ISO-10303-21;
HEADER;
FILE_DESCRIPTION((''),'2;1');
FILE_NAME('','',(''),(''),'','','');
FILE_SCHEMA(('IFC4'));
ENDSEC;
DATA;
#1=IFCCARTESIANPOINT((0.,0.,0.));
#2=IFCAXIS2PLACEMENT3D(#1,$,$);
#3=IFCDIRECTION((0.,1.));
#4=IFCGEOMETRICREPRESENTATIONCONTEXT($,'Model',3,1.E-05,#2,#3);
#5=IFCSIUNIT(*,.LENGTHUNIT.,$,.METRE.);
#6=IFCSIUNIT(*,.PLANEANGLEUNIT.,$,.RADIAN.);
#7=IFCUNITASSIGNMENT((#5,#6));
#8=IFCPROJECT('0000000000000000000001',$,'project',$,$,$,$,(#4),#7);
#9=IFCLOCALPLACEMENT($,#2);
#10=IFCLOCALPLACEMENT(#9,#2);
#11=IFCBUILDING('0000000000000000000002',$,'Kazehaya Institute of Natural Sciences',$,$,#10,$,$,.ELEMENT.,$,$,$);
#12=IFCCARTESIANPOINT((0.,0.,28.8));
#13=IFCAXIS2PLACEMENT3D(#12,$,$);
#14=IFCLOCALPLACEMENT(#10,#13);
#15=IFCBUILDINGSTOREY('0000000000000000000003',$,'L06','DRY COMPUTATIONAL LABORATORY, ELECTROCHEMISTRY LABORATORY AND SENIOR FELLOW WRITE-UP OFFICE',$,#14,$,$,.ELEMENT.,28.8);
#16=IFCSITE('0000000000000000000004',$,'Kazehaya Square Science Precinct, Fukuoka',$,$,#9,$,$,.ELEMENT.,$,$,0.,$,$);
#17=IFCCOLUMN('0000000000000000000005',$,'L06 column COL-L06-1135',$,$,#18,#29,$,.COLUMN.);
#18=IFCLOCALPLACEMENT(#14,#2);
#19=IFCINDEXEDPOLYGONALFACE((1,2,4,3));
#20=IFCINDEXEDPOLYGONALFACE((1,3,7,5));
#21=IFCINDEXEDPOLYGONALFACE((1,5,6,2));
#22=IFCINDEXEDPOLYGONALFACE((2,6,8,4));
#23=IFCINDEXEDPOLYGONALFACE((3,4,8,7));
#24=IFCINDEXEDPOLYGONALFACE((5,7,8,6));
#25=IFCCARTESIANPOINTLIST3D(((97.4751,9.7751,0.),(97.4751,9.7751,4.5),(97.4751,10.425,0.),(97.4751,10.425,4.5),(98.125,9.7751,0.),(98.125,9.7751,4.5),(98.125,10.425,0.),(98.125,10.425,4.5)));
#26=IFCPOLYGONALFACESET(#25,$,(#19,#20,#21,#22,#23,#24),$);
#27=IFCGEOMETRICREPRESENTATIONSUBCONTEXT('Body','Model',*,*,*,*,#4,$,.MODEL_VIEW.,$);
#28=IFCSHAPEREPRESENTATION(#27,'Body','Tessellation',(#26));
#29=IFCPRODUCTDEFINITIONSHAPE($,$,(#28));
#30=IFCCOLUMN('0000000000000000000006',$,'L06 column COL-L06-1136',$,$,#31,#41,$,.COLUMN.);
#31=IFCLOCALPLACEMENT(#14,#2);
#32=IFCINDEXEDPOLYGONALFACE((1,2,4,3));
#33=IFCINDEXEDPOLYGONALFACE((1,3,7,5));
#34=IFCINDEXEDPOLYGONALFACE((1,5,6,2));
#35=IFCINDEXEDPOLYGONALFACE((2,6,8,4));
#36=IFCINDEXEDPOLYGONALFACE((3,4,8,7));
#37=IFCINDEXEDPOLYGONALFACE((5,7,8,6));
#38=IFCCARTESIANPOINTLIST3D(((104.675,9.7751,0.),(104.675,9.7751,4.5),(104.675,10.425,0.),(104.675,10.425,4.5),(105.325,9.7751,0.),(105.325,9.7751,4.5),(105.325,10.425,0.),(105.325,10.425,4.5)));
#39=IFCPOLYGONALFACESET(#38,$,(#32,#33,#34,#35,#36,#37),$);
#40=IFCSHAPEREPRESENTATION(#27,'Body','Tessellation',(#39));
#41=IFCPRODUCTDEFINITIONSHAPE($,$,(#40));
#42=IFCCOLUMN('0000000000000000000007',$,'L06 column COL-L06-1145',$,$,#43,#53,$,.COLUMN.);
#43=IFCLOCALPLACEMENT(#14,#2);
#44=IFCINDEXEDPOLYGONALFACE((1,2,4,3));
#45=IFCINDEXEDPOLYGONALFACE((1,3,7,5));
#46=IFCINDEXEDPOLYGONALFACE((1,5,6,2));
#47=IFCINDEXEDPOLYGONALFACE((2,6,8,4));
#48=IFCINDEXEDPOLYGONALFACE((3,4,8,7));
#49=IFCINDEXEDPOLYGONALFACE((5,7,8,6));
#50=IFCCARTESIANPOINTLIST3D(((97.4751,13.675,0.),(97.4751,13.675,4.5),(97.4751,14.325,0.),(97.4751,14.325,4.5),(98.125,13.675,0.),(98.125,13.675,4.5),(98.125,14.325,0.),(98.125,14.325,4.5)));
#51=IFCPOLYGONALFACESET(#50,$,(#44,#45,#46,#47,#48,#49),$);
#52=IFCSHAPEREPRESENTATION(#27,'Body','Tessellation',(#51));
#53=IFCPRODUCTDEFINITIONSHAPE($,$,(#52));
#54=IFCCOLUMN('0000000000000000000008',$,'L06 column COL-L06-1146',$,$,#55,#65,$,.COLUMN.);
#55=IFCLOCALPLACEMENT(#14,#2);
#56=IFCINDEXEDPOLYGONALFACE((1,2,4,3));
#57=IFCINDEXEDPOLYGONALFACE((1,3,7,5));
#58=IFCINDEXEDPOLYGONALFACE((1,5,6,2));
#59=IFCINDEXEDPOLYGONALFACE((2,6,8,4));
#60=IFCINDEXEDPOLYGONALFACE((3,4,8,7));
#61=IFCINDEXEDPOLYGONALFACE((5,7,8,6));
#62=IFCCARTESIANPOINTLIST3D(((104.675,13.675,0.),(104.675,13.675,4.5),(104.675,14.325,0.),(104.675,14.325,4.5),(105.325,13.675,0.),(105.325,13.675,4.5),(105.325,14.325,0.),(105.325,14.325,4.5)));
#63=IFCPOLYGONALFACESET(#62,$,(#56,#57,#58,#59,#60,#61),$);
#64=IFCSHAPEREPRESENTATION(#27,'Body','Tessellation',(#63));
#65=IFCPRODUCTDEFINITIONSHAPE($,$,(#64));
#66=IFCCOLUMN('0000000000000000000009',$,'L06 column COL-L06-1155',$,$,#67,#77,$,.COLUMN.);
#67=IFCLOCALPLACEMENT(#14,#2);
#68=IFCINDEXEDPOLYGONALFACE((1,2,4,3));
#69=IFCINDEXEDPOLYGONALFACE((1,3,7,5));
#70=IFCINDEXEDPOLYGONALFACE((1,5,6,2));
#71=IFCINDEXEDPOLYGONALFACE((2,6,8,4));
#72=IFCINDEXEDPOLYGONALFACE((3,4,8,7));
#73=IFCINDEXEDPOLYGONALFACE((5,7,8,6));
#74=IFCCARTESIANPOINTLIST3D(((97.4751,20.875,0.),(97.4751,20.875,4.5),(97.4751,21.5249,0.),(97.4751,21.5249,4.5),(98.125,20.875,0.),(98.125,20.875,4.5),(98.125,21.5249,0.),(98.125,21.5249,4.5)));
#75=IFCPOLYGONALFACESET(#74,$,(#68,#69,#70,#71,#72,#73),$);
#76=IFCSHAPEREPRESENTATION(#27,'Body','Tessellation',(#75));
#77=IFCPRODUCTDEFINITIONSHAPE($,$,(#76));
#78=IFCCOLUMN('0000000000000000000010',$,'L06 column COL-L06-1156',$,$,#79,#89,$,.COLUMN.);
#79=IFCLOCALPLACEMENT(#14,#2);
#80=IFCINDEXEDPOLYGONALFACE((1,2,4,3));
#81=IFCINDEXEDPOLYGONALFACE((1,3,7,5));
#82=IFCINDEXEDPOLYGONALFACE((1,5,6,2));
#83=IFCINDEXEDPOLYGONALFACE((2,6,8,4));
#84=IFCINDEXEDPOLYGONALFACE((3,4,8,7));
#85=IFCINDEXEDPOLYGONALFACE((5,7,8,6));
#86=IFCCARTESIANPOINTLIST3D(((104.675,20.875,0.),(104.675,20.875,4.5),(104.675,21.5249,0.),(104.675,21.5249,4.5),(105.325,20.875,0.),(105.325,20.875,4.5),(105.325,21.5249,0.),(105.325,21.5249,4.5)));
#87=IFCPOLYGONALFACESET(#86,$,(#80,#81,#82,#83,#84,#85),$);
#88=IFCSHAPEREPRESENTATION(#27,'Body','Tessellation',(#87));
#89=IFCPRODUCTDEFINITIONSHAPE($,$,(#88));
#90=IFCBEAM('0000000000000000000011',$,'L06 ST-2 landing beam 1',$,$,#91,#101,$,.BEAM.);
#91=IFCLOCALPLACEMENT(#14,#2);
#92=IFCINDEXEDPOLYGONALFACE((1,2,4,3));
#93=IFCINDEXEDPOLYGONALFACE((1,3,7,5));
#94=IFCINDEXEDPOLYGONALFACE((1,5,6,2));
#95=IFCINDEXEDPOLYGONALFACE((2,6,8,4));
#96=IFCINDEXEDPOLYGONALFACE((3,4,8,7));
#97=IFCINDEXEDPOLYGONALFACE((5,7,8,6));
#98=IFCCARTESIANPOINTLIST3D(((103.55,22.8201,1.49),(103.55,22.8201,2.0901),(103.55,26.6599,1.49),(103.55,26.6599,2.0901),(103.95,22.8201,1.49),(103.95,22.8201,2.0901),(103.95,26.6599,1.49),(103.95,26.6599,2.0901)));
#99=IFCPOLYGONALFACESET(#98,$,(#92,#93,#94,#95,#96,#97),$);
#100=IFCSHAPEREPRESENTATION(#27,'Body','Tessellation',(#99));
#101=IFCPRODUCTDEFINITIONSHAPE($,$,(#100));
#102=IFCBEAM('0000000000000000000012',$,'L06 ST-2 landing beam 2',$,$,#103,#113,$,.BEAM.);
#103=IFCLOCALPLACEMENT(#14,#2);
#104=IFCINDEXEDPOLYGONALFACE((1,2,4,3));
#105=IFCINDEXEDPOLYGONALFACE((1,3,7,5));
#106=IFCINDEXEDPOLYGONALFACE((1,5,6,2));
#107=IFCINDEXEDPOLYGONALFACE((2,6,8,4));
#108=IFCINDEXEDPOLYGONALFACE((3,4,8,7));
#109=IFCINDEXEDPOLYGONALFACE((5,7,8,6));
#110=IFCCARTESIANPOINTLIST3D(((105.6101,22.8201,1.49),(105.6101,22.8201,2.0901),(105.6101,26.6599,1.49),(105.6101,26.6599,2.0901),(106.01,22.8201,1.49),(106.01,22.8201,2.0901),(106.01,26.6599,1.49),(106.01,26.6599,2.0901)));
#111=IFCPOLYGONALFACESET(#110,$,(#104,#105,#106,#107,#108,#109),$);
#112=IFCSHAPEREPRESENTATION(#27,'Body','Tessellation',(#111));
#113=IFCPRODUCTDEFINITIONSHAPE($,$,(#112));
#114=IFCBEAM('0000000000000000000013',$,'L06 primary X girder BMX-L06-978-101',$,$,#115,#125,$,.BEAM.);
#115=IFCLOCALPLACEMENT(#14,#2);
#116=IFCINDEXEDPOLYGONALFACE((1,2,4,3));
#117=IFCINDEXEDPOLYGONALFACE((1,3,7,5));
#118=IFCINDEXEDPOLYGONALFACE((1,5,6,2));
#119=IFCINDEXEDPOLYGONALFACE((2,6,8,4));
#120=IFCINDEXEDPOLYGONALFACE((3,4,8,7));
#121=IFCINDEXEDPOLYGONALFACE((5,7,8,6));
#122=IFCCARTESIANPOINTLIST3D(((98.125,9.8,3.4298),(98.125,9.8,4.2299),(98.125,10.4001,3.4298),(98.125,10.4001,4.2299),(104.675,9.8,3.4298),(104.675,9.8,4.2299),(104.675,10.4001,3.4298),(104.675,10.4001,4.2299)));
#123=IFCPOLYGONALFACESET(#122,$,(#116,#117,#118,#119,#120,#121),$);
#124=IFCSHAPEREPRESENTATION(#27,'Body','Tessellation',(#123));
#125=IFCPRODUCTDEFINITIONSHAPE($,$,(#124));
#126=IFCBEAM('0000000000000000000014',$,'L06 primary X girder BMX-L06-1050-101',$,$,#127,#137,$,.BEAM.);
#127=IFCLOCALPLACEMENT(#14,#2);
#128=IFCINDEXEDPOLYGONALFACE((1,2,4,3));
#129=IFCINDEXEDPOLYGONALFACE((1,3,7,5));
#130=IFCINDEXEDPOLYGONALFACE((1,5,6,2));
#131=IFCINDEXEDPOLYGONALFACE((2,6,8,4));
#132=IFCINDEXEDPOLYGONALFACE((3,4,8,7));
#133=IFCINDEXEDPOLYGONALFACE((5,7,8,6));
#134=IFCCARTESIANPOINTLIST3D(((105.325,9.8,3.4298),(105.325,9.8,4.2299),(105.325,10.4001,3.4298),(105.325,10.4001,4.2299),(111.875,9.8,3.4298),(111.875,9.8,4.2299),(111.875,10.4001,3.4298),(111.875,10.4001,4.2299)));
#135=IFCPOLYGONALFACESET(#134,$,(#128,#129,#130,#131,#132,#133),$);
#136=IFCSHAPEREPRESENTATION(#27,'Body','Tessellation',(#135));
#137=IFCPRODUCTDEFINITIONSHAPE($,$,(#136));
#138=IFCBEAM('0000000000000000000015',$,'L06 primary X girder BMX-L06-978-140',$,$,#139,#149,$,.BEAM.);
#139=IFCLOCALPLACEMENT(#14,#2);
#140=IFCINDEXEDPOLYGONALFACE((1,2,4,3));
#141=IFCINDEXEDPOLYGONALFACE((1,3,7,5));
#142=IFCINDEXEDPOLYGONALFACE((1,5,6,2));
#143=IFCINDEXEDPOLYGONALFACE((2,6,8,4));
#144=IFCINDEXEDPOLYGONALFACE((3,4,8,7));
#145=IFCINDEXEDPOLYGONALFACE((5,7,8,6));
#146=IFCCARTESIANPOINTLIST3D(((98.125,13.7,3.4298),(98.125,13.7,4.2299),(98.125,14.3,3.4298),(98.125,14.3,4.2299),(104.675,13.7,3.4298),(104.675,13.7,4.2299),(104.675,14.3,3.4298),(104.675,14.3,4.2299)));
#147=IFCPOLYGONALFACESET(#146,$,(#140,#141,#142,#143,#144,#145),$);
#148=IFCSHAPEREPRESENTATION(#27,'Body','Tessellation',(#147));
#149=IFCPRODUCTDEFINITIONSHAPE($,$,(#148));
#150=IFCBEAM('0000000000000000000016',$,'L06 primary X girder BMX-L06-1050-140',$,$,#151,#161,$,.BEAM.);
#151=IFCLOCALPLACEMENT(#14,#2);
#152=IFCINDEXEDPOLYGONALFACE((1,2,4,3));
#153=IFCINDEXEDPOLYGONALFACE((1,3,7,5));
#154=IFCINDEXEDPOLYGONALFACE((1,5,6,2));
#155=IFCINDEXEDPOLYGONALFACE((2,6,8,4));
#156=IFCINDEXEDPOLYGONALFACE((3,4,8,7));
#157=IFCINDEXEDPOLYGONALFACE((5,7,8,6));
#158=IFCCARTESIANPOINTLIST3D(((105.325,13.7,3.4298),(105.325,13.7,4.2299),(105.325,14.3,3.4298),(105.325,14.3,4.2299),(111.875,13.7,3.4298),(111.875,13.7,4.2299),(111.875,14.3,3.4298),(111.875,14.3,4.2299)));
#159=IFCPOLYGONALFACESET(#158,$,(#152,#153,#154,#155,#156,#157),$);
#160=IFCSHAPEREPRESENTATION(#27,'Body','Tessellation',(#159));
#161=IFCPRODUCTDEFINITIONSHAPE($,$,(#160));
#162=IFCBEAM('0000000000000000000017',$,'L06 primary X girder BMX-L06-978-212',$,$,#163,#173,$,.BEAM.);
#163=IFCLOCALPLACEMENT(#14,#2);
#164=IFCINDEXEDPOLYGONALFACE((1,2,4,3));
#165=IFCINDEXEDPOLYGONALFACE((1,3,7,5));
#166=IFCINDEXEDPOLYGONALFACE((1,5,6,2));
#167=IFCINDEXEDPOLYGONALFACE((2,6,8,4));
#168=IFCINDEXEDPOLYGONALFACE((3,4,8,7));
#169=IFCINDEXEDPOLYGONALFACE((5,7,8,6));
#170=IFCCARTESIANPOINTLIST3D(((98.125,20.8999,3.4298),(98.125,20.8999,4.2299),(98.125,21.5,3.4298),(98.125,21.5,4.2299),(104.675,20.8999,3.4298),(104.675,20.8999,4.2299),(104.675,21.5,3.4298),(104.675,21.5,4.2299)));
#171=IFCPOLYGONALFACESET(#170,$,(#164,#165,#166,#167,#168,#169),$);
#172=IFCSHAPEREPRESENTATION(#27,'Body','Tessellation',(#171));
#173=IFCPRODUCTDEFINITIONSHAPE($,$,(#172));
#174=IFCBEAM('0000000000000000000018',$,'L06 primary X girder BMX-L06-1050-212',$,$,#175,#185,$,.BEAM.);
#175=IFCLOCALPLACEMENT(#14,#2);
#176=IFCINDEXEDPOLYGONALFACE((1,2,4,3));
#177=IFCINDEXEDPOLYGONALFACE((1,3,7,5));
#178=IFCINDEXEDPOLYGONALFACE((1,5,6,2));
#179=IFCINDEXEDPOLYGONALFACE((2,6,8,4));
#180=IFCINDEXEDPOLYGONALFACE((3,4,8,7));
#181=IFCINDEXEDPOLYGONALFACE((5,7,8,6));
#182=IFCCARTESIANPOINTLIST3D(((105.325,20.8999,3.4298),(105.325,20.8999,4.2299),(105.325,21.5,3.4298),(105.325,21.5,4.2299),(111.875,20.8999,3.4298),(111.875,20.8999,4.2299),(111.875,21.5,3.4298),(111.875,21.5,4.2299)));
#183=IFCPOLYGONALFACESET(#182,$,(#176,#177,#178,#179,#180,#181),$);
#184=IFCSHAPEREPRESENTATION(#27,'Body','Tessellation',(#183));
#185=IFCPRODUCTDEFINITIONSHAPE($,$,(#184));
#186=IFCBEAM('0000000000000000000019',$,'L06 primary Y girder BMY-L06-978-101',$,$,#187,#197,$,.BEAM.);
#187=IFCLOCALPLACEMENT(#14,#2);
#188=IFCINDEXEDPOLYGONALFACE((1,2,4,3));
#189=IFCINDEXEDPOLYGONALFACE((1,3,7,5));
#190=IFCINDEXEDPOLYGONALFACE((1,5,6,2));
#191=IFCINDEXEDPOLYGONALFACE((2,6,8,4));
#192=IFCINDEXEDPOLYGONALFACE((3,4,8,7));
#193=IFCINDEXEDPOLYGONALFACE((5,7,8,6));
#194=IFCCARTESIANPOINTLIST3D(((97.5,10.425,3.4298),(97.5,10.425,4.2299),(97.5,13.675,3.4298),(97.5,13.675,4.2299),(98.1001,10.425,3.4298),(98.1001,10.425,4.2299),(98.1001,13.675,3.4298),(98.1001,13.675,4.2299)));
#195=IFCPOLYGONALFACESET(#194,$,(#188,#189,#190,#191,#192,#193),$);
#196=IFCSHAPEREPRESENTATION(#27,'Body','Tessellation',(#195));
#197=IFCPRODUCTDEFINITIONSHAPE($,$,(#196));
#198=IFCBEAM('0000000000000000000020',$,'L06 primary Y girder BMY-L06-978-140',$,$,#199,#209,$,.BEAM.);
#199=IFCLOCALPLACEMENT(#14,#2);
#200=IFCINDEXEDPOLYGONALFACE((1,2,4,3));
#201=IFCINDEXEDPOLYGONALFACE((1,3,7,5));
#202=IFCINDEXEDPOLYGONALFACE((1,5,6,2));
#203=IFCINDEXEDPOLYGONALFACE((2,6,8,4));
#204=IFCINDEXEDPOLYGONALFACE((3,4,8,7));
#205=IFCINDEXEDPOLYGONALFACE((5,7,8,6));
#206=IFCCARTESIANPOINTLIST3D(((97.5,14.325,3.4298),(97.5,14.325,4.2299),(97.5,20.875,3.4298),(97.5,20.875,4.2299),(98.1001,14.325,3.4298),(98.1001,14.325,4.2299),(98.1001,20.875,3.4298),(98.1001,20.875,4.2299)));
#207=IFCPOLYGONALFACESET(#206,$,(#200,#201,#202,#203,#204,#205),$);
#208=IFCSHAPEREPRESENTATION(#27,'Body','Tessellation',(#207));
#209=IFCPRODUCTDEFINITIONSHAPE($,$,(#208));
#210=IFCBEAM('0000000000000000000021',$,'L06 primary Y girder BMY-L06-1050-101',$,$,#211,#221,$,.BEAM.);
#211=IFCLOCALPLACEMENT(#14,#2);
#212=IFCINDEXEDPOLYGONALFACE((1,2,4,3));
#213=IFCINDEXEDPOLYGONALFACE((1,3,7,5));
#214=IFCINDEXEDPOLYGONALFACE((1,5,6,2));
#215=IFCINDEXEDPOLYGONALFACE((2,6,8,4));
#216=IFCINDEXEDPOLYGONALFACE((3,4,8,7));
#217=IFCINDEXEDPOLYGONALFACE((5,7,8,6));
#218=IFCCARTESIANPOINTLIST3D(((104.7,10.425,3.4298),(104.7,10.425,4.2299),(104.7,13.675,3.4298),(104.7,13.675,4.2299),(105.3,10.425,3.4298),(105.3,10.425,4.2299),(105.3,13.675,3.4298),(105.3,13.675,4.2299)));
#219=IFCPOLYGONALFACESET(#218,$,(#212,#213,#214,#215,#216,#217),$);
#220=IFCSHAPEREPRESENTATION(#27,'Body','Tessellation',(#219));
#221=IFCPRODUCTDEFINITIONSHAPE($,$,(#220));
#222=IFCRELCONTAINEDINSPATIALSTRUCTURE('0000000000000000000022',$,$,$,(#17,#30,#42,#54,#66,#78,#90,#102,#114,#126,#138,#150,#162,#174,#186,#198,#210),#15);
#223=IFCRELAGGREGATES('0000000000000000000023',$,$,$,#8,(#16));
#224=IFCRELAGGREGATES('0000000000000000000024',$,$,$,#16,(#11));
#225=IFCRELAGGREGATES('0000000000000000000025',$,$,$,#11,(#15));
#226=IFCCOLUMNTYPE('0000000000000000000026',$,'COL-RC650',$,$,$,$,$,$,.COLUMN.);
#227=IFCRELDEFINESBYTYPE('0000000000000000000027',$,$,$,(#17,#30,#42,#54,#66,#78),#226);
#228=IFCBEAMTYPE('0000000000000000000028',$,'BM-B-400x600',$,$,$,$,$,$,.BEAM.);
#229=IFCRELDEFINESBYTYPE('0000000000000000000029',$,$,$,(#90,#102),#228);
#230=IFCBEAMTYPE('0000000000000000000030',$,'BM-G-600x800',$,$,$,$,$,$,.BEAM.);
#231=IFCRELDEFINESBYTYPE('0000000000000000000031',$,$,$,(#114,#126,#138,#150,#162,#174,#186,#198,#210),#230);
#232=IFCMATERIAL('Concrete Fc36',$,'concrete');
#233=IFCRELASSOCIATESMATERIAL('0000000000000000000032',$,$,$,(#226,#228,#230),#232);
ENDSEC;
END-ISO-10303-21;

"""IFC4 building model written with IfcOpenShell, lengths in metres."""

from ifc_helpers import new_model, si_unit, direction, frame, origin, origin_2d, place, context, subcontext, project, spatial, rectangle, extrude, material, material_profile, profile_set, type_object, element, save


model = new_model("IFC4")

# Units and contexts
model_context = context("Model", 3, precision=1e-05, world=origin(), true_north=direction((0.0, 1.0)))
body_context = subcontext(model_context, "Body", "Model", "MODEL_VIEW")
ifc_project = project(units=[si_unit("LENGTHUNIT", "METRE"), si_unit("PLANEANGLEUNIT", "RADIAN")], contexts=[model_context])

# Site, building, storey
site_placement = place(None, origin())
site = spatial("IfcSite", under=ifc_project, at=site_placement, Name="Kazehaya Square Science Precinct, Fukuoka", CompositionType="ELEMENT", RefElevation=0.0)
building_placement = place(site_placement, origin())
building = spatial("IfcBuilding", under=site, at=building_placement, Name="Kazehaya Institute of Natural Sciences", CompositionType="ELEMENT")
storey_placement = place(building_placement, frame((0.0, 0.0, 28.8)))
storey = spatial("IfcBuildingStorey", under=building, at=storey_placement, Name="L06", Description="DRY COMPUTATIONAL LABORATORY, ELECTROCHEMISTRY LABORATORY AND SENIOR FELLOW WRITE-UP OFFICE", CompositionType="ELEMENT", Elevation=28.8)

# Columns
ifc_material_1 = material(Name="Concrete Fc36", Category="concrete")
ifc_material_profile_1 = material_profile(ifc_material_1, rectangle(XDim=0.6499, YDim=0.6499, at=origin_2d()), Name="RC-650x650")
ifc_profile_set_1 = profile_set([ifc_material_profile_1], Name="Concrete Fc36")
column_type = type_object("IfcColumnType", Name="COL-RC650", PredefinedType="COLUMN", material=ifc_profile_set_1)
for number, where, z_axis, x_axis, name in (
    (1, (97.8, 10.1001, 0.0), (0.0, 0.0, 1.0), (1.0, 0.0, 0.0), "L06 column COL-L06-1135"),
    (2, (105.0, 10.1001, 0.0), (0.0, 0.0, 1.0), (1.0, 0.0, 0.0), "L06 column COL-L06-1136"),
    (3, (97.8, 14.0, 0.0), (0.0, 0.0, 1.0), (1.0, 0.0, 0.0), "L06 column COL-L06-1145"),
    (4, (105.0, 14.0, 0.0), (0.0, 0.0, 1.0), (1.0, 0.0, 0.0), "L06 column COL-L06-1146"),
    (5, (97.8, 21.2, 0.0), (0.0, 0.0, 1.0), (1.0, 0.0, 0.0), "L06 column COL-L06-1155"),
    (6, (105.0, 21.2, 0.0), (0.0, 0.0, 1.0), (1.0, 0.0, 0.0), "L06 column COL-L06-1156"),
):
    element("IfcColumn", number, at=place(storey_placement, frame(where, z_axis=z_axis, x_axis=x_axis)), inside=storey, type_object=column_type, Name=name, PredefinedType="COLUMN", context=body_context, shape_type="SweptSolid", body=[
        extrude(rectangle(XDim=0.6499, YDim=0.6499, at=origin_2d()), origin(), (0.0, 0.0, 1.0), 4.5),
    ])

# Beams
ifc_material_profile_2 = material_profile(ifc_material_1, rectangle(XDim=0.3999, YDim=0.6001, at=origin_2d()), Name="RC-400x600")
ifc_profile_set_2 = profile_set([ifc_material_profile_2], Name="Concrete Fc36")
beam_type_1 = type_object("IfcBeamType", Name="BM-B-400x600", PredefinedType="BEAM", material=ifc_profile_set_2)
for number, where, z_axis, x_axis, name in (
    (7, (103.75, 22.8201, 1.79), (0.0, 1.0, 0.0), (-1.0, 0.0, 0.0), "L06 ST-2 landing beam 1"),
    (8, (105.8101, 22.8201, 1.79), (0.0, 1.0, 0.0), (-1.0, 0.0, 0.0), "L06 ST-2 landing beam 2"),
):
    element("IfcBeam", number, at=place(storey_placement, frame(where, z_axis=z_axis, x_axis=x_axis)), inside=storey, type_object=beam_type_1, Name=name, PredefinedType="BEAM", context=body_context, shape_type="SweptSolid", body=[
        extrude(rectangle(XDim=0.3999, YDim=0.6001, at=origin_2d()), origin(), (0.0, 0.0, 1.0), 3.8398),
    ])
ifc_material_profile_3 = material_profile(ifc_material_1, rectangle(XDim=0.6001, YDim=0.8, at=origin_2d()), Name="RC-600x800")
ifc_profile_set_3 = profile_set([ifc_material_profile_3], Name="Concrete Fc36")
beam_type_2 = type_object("IfcBeamType", Name="BM-G-600x800", PredefinedType="BEAM", material=ifc_profile_set_3)
for number, where, z_axis, x_axis, name in (
    (9, (98.125, 10.1001, 3.8298), (1.0, 0.0, 0.0), (0.0, 1.0, 0.0), "L06 primary X girder BMX-L06-978-101"),
    (10, (105.325, 10.1001, 3.8298), (1.0, 0.0, 0.0), (0.0, 1.0, 0.0), "L06 primary X girder BMX-L06-1050-101"),
    (11, (98.125, 14.0, 3.8298), (1.0, 0.0, 0.0), (0.0, 1.0, 0.0), "L06 primary X girder BMX-L06-978-140"),
    (12, (105.325, 14.0, 3.8298), (1.0, 0.0, 0.0), (0.0, 1.0, 0.0), "L06 primary X girder BMX-L06-1050-140"),
    (13, (98.125, 21.2, 3.8298), (1.0, 0.0, 0.0), (0.0, 1.0, 0.0), "L06 primary X girder BMX-L06-978-212"),
    (14, (105.325, 21.2, 3.8298), (1.0, 0.0, 0.0), (0.0, 1.0, 0.0), "L06 primary X girder BMX-L06-1050-212"),
):
    element("IfcBeam", number, at=place(storey_placement, frame(where, z_axis=z_axis, x_axis=x_axis)), inside=storey, type_object=beam_type_2, Name=name, PredefinedType="BEAM", context=body_context, shape_type="SweptSolid", body=[
        extrude(rectangle(XDim=0.6001, YDim=0.8, at=origin_2d()), origin(), (0.0, 0.0, 1.0), 6.55),
    ])
beam_1_placement = place(storey_placement, frame((97.8, 10.425, 3.8298), z_axis=(0.0, 1.0, 0.0), x_axis=(-1.0, 0.0, 0.0)))
element("IfcBeam", 15, at=beam_1_placement, inside=storey, type_object=beam_type_2, Name="L06 primary Y girder BMY-L06-978-101", PredefinedType="BEAM", context=body_context, shape_type="SweptSolid", body=[
    extrude(rectangle(XDim=0.6001, YDim=0.8, at=origin_2d()), origin(), (0.0, 0.0, 1.0), 3.25),
])
beam_2_placement = place(storey_placement, frame((97.8, 14.325, 3.8298), z_axis=(0.0, 1.0, 0.0), x_axis=(-1.0, 0.0, 0.0)))
element("IfcBeam", 16, at=beam_2_placement, inside=storey, type_object=beam_type_2, Name="L06 primary Y girder BMY-L06-978-140", PredefinedType="BEAM", context=body_context, shape_type="SweptSolid", body=[
    extrude(rectangle(XDim=0.6001, YDim=0.8, at=origin_2d()), origin(), (0.0, 0.0, 1.0), 6.55),
])
beam_3_placement = place(storey_placement, frame((105.0, 10.425, 3.8298), z_axis=(0.0, 1.0, 0.0), x_axis=(-1.0, 0.0, 0.0)))
element("IfcBeam", 17, at=beam_3_placement, inside=storey, type_object=beam_type_2, Name="L06 primary Y girder BMY-L06-1050-101", PredefinedType="BEAM", context=body_context, shape_type="SweptSolid", body=[
    extrude(rectangle(XDim=0.6001, YDim=0.8, at=origin_2d()), origin(), (0.0, 0.0, 1.0), 3.25),
])

save(model, "model.ifc")
